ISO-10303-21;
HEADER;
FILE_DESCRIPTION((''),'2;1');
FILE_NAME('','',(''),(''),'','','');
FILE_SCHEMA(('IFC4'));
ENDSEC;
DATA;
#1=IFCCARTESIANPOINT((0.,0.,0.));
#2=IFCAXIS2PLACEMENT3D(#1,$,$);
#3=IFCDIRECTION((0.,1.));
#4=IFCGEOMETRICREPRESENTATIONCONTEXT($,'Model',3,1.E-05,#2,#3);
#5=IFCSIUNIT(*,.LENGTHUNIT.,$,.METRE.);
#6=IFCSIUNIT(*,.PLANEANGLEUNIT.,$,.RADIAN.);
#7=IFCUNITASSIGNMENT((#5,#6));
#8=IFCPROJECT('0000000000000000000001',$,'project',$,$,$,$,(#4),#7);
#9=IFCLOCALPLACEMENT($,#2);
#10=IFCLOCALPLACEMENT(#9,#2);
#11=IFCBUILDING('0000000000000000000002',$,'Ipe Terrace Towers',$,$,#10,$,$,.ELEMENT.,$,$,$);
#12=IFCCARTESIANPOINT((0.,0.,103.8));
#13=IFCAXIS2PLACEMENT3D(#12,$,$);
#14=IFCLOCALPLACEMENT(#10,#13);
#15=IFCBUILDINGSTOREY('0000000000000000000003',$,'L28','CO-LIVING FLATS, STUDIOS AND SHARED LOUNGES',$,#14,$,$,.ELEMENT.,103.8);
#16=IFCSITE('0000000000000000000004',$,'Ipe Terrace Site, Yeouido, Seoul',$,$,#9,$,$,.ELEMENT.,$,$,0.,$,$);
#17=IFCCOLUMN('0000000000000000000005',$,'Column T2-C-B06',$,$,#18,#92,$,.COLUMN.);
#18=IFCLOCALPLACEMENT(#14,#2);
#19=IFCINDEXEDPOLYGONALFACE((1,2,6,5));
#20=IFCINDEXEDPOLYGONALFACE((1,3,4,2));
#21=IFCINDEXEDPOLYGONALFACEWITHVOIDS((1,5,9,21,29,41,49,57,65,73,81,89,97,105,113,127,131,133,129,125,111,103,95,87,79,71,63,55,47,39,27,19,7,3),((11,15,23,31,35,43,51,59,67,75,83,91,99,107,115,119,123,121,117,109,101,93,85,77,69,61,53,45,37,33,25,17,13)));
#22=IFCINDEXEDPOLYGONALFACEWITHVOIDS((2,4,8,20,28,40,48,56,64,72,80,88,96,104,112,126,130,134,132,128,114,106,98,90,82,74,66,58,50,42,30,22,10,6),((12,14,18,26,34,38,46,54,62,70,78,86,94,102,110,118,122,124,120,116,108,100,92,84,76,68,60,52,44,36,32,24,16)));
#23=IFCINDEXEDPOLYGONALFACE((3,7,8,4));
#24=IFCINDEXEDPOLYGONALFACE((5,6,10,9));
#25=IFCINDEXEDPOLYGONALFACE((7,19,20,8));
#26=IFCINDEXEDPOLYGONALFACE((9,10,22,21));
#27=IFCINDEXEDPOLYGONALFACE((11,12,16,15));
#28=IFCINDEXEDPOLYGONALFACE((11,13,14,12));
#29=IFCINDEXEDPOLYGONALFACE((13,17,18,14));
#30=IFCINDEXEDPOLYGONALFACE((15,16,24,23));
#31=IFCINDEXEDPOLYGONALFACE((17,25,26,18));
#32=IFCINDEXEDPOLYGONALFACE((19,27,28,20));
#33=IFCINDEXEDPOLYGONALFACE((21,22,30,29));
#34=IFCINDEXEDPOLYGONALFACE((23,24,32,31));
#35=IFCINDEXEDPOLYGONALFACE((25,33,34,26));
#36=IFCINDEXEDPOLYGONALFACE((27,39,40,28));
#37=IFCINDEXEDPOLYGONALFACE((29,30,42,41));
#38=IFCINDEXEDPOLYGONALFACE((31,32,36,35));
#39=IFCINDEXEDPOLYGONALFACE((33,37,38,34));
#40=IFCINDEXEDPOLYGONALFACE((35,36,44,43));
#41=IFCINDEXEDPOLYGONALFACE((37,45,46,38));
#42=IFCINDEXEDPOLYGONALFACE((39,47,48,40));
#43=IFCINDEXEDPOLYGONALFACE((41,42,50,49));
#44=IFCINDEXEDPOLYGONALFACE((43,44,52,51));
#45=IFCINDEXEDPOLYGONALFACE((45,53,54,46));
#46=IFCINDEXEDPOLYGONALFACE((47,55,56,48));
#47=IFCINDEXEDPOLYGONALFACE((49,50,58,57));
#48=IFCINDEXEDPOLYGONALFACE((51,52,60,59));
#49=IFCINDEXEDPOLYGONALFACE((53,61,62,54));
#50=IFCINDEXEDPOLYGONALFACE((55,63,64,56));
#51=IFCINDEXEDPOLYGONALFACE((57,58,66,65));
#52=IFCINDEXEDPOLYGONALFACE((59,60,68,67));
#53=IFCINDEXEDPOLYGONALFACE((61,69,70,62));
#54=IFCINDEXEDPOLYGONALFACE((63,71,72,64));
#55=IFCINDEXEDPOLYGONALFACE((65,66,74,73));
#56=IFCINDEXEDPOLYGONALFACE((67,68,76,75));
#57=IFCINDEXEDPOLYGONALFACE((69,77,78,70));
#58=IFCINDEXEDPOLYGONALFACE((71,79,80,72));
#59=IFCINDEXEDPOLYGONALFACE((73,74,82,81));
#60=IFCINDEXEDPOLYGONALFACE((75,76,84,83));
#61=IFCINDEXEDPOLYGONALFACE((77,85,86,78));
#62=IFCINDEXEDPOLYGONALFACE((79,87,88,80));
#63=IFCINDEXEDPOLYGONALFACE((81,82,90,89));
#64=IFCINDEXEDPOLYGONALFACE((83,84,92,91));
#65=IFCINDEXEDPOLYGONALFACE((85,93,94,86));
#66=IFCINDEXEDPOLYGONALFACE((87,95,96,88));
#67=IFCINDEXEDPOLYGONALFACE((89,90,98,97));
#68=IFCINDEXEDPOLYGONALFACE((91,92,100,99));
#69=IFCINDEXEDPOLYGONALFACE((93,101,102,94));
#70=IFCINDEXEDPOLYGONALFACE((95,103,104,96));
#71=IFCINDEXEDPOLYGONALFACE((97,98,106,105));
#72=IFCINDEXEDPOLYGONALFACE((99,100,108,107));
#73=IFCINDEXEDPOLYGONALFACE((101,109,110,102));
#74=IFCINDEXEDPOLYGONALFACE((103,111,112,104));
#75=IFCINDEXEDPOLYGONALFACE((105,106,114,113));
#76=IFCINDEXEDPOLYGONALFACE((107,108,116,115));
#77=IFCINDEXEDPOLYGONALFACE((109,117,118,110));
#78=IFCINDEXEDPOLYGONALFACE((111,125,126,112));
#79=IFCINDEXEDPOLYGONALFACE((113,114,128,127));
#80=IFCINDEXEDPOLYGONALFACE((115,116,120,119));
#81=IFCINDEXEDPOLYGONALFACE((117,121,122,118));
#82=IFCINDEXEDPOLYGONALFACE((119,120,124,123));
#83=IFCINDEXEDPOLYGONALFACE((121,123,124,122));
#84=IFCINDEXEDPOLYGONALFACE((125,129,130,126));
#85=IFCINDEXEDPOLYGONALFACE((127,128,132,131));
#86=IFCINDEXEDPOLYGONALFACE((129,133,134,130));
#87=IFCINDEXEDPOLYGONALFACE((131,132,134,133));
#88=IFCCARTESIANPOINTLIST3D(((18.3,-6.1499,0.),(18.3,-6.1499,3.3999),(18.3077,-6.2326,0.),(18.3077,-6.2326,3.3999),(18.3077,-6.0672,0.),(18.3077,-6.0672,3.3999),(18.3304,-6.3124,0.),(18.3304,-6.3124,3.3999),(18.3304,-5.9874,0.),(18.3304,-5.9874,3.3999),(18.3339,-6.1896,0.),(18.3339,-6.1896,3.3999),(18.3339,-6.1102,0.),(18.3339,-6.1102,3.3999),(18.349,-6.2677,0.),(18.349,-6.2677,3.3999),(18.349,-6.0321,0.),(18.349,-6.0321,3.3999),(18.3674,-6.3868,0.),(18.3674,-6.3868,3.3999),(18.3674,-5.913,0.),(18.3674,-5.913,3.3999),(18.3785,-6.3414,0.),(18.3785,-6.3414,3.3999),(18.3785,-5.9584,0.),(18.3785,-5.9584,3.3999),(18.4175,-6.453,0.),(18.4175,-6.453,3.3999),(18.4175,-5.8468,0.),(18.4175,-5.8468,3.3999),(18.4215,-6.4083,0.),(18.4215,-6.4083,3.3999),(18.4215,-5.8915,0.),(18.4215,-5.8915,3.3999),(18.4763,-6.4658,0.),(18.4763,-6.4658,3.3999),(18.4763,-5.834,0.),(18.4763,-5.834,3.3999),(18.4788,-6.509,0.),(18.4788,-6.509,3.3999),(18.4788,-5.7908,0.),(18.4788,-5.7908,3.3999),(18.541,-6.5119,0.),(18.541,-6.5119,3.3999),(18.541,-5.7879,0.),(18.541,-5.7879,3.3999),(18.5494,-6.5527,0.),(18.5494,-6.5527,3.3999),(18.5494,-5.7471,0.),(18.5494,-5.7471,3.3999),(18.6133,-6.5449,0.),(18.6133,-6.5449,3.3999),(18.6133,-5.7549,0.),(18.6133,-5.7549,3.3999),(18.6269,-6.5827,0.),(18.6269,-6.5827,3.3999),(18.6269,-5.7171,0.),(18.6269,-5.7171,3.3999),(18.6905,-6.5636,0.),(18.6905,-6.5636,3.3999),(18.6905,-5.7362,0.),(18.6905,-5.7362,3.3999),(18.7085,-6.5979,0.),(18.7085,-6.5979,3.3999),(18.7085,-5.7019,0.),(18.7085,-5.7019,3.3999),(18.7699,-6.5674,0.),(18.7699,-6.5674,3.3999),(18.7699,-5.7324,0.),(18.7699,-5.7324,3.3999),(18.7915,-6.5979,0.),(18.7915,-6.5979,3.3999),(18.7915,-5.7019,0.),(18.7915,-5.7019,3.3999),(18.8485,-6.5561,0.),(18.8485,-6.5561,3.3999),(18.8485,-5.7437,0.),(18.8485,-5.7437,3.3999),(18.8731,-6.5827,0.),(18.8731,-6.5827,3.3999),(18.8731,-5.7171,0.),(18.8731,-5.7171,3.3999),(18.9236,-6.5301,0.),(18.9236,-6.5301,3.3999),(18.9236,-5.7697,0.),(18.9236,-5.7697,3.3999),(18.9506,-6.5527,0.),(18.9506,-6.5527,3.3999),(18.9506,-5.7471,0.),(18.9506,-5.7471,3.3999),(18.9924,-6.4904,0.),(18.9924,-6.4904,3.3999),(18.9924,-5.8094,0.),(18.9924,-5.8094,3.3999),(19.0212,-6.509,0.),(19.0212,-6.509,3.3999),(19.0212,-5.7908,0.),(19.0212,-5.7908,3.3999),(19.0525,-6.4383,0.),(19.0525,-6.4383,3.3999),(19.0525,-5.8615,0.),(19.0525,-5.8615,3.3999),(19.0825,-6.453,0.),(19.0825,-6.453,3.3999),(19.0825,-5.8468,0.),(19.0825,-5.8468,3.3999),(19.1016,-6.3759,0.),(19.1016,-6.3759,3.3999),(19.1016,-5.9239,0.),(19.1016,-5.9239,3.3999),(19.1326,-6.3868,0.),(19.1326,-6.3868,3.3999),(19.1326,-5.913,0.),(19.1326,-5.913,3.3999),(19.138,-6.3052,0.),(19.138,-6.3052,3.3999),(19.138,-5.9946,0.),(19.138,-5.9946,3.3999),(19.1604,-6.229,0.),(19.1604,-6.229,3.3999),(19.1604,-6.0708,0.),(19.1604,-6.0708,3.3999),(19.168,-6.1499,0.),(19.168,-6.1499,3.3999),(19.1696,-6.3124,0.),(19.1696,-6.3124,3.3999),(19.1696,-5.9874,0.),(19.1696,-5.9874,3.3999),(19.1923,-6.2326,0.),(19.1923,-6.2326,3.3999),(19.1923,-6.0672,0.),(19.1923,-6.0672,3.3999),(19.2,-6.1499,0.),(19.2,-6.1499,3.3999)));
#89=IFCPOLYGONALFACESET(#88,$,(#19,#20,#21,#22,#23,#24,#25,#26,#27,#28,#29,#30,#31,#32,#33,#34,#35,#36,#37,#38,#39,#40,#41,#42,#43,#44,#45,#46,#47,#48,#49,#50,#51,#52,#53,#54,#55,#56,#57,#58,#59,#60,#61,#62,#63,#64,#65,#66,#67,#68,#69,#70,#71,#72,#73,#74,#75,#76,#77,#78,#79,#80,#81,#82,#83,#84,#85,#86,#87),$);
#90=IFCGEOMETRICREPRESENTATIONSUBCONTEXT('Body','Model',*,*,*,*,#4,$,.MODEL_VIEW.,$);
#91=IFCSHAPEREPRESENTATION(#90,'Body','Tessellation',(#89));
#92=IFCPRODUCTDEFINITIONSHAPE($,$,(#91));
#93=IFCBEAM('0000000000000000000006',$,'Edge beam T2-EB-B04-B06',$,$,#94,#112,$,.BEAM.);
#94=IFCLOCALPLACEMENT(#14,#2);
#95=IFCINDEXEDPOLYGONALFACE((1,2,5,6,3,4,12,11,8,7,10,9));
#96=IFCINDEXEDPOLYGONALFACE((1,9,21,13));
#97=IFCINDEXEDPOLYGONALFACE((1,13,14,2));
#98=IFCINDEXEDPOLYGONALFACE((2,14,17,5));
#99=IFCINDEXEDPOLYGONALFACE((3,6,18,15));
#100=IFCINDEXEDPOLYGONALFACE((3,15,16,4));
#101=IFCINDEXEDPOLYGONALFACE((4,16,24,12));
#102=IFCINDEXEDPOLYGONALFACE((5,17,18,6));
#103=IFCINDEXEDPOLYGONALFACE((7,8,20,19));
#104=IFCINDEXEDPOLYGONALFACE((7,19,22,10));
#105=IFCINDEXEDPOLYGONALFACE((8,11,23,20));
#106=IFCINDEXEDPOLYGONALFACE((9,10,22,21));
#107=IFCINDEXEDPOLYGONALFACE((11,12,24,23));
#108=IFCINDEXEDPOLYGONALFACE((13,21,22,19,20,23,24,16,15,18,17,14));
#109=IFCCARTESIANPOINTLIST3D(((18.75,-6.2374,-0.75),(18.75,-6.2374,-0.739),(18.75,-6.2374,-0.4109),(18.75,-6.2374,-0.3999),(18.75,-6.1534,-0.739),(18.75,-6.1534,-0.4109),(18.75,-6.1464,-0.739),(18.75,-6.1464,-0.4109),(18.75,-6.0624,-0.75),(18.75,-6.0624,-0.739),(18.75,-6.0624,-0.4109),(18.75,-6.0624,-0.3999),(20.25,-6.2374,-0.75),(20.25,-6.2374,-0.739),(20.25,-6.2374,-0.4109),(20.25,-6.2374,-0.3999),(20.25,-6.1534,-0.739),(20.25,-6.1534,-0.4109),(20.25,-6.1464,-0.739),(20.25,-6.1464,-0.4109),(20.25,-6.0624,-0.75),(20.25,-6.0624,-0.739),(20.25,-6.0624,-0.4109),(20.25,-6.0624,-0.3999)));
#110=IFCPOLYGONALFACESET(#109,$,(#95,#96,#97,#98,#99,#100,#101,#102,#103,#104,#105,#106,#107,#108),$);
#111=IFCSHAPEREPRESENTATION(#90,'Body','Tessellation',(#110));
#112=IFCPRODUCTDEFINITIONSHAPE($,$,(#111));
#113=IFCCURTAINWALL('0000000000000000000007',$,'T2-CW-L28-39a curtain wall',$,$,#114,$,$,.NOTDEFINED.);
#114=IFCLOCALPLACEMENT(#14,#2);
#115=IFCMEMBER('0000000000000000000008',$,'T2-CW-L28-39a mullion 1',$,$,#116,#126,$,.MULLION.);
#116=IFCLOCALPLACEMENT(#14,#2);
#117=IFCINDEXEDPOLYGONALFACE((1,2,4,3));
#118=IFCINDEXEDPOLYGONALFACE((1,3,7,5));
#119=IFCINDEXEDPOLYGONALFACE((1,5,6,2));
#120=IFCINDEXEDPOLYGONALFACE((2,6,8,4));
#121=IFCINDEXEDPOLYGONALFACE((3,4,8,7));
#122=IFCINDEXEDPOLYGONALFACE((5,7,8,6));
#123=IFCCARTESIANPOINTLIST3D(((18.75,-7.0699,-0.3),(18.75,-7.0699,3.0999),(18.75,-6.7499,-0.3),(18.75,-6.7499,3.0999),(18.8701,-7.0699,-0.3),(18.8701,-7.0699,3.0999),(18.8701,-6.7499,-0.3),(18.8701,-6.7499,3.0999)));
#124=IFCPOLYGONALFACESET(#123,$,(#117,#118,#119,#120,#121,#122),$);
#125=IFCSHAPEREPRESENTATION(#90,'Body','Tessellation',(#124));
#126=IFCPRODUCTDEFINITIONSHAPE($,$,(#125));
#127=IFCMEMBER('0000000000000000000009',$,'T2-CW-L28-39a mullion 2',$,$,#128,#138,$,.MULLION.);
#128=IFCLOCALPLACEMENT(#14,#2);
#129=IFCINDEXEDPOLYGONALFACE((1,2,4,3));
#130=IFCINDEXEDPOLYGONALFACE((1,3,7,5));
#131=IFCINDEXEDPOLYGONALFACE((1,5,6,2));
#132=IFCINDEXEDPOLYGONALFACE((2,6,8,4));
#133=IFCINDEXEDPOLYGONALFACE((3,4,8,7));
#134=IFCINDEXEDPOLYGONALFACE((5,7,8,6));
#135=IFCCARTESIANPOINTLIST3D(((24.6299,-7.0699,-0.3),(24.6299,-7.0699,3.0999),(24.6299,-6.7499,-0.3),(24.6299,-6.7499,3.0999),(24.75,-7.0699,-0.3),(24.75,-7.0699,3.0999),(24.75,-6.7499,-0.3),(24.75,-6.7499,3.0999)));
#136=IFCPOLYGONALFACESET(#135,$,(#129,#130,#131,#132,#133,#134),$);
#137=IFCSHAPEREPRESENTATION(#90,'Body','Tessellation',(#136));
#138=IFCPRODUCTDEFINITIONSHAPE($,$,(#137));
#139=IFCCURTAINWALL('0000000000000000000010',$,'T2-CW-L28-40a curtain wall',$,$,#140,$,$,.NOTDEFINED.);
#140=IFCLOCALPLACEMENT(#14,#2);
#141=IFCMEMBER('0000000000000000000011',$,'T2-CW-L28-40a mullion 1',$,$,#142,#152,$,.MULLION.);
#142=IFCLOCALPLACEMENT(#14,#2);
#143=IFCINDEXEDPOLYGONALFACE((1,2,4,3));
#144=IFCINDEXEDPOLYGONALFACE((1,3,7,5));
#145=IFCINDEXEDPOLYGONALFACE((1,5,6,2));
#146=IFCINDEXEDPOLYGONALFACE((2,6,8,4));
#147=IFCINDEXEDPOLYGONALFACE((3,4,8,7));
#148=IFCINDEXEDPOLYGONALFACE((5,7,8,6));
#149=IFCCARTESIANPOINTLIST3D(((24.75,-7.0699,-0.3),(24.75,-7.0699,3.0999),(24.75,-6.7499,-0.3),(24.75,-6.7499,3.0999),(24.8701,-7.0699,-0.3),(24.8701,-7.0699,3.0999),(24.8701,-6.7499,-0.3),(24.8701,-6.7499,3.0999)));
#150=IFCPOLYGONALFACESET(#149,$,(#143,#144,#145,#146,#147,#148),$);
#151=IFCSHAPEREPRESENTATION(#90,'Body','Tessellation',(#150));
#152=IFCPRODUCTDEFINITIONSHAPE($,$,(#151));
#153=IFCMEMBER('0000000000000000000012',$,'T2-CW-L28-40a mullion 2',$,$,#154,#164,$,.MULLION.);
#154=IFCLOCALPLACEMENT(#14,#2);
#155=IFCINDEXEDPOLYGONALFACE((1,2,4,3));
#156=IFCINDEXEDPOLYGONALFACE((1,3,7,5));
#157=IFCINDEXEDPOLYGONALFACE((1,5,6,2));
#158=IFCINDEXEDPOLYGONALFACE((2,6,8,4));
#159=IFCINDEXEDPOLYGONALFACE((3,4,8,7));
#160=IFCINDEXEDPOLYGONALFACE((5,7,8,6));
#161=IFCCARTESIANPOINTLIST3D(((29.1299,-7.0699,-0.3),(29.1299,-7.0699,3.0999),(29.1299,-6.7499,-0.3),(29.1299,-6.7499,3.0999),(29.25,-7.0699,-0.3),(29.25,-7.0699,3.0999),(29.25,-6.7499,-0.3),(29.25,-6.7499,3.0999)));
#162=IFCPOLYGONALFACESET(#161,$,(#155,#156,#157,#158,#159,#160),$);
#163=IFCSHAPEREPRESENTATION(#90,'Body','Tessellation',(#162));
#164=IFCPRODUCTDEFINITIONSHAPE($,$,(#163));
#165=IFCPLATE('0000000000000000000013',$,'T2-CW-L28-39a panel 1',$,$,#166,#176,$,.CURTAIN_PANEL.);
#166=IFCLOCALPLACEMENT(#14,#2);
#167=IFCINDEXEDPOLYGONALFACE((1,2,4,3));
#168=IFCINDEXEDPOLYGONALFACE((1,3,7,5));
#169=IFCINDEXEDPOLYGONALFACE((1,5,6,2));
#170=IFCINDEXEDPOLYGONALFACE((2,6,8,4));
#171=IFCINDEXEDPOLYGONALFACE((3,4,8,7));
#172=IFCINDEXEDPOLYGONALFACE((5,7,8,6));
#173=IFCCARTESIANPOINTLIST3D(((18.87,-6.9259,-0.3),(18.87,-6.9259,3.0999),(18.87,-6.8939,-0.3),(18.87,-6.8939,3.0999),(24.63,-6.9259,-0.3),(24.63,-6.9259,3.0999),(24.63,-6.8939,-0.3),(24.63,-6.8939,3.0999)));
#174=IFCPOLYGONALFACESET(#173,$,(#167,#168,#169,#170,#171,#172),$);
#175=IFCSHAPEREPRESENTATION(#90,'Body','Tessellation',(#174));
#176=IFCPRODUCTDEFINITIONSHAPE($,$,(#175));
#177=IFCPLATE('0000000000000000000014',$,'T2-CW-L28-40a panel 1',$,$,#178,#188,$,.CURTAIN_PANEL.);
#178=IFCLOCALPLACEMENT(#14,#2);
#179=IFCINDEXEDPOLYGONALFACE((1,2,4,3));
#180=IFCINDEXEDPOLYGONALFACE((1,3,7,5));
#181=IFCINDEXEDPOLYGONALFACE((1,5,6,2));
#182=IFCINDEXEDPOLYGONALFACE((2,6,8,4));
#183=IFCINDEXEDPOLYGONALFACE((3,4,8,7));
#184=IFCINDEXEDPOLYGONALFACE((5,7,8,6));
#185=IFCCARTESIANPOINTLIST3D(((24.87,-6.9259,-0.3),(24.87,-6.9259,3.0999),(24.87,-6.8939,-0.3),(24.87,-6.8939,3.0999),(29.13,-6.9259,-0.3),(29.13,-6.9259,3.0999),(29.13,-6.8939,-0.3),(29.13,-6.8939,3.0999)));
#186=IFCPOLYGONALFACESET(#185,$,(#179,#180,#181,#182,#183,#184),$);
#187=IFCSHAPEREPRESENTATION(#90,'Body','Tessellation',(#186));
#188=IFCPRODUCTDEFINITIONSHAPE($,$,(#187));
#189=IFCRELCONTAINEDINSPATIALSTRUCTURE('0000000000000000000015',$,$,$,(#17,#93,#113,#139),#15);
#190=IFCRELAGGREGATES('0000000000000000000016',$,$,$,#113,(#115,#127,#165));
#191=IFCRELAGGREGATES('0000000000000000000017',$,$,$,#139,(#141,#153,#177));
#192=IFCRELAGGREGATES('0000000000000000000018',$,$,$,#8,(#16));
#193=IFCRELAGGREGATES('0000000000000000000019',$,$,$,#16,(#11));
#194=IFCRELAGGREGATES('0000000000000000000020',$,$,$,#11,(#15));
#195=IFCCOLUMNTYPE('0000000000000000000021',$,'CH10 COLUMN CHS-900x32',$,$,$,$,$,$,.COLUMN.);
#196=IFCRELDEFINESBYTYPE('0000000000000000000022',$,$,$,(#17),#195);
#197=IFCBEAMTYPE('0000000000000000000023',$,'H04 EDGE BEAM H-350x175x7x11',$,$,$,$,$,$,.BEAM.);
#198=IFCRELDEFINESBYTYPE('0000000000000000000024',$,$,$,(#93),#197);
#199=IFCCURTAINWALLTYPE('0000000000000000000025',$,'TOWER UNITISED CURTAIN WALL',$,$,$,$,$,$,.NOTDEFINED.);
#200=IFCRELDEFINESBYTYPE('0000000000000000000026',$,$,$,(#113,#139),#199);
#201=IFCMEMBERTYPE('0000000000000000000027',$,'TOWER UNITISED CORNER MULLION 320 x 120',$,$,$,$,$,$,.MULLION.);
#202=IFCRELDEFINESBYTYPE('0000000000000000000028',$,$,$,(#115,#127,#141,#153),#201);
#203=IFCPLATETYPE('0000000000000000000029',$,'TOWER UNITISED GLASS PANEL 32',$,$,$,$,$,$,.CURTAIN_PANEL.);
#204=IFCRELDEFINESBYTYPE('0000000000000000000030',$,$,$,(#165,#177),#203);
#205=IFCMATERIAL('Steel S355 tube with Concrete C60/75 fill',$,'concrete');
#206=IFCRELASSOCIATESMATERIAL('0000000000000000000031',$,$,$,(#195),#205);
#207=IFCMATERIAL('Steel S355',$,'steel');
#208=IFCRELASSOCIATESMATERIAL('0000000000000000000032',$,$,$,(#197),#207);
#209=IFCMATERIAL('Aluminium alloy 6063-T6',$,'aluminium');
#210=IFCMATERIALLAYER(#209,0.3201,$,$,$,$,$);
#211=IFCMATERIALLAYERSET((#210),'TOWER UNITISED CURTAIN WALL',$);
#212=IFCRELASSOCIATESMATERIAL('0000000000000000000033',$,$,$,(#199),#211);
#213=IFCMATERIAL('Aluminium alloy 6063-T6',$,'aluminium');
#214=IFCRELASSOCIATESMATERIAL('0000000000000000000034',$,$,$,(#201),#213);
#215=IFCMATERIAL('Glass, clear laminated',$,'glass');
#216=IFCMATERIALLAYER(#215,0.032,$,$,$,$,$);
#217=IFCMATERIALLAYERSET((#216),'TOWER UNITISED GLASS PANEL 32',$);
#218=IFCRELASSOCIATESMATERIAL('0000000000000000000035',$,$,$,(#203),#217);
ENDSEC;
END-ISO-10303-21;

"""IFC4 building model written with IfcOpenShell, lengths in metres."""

from ifc_helpers import new_model, si_unit, direction, frame, origin, origin_2d, place, context, subcontext, project, spatial, rectangle, hollow_circle, i_section, extrude, material, layer, layer_set, material_profile, profile_set, type_object, element, aggregate, save


model = new_model("IFC4")

# Units and contexts
model_context = context("Model", 3, precision=1e-05, world=origin(), true_north=direction((0.0, 1.0)))
body_context = subcontext(model_context, "Body", "Model", "MODEL_VIEW")
ifc_project = project(units=[si_unit("LENGTHUNIT", "METRE"), si_unit("PLANEANGLEUNIT", "RADIAN")], contexts=[model_context])

# Site, building, storey
site_placement = place(None, origin())
site = spatial("IfcSite", under=ifc_project, at=site_placement, Name="Ipe Terrace Site, Yeouido, Seoul", CompositionType="ELEMENT", RefElevation=0.0)
building_placement = place(site_placement, origin())
building = spatial("IfcBuilding", under=site, at=building_placement, Name="Ipe Terrace Towers", CompositionType="ELEMENT")
storey_placement = place(building_placement, frame((0.0, 0.0, 103.8)))
storey = spatial("IfcBuildingStorey", under=building, at=storey_placement, Name="L28", Description="CO-LIVING FLATS, STUDIOS AND SHARED LOUNGES", CompositionType="ELEMENT", Elevation=103.8)

# Column
ifc_material_1 = material(Name="Steel S355 tube with Concrete C60/75 fill", Category="concrete")
ifc_material_profile_1 = material_profile(ifc_material_1, hollow_circle(Radius=0.45, WallThickness=0.032, at=origin_2d()), Name="CHS-900x32")
ifc_profile_set_1 = profile_set([ifc_material_profile_1], Name="Steel S355 tube with Concrete C60/75 fill")
column_type_1 = type_object("IfcColumnType", Name="CH10 COLUMN CHS-900x32", PredefinedType="COLUMN", material=ifc_profile_set_1)
for number, where, z_axis, x_axis, name in (
    (1, (18.75, -6.1499, 0.0), (0.0, 0.0, 1.0), (1.0, 0.0, 0.0), "Column T2-C-B06"),
):
    element("IfcColumn", number, at=place(storey_placement, frame(where, z_axis=z_axis, x_axis=x_axis)), inside=storey, type_object=column_type_1, Name=name, PredefinedType="COLUMN", context=body_context, shape_type="SweptSolid", body=[
        extrude(hollow_circle(Radius=0.45, WallThickness=0.032, at=origin_2d()), origin(), (0.0, 0.0, 1.0), 3.3999),
    ])

# Beam
ifc_material_2 = material(Name="Steel S355", Category="steel")
ifc_material_profile_2 = material_profile(ifc_material_2, i_section(OverallWidth=0.175, OverallDepth=0.3501, WebThickness=0.0071, FlangeThickness=0.011, at=origin_2d()), Name="H-350x175x7x11")
ifc_profile_set_2 = profile_set([ifc_material_profile_2], Name="Steel S355")
beam_type = type_object("IfcBeamType", Name="H04 EDGE BEAM H-350x175x7x11", PredefinedType="BEAM", material=ifc_profile_set_2)
beam_placement = place(storey_placement, frame((20.25, -6.1499, -0.575), z_axis=(-1.0, 0.0, 0.0), x_axis=(0.0, -1.0, 0.0)))
element("IfcBeam", 2, at=beam_placement, inside=storey, type_object=beam_type, Name="Edge beam T2-EB-B04-B06", PredefinedType="BEAM", context=body_context, shape_type="SweptSolid", body=[
    extrude(i_section(OverallWidth=0.175, OverallDepth=0.3501, WebThickness=0.0071, FlangeThickness=0.011, at=origin_2d()), origin(), (0.0, 0.0, 1.0), 1.5),
])

# Curtain walls, members
ifc_material_3 = material(Name="Aluminium alloy 6063-T6", Category="aluminium")
ifc_layer_1 = layer(ifc_material_3, 0.3201)
ifc_layer_set_1 = layer_set([ifc_layer_1], Name="TOWER UNITISED CURTAIN WALL")
curtain_wall_type = type_object("IfcCurtainWallType", Name="TOWER UNITISED CURTAIN WALL", PredefinedType="NOTDEFINED", material=ifc_layer_set_1)
curtain_wall_1_placement = place(storey_placement, origin())
curtain_wall_1 = element("IfcCurtainWall", 3, at=curtain_wall_1_placement, inside=storey, type_object=curtain_wall_type, Name="T2-CW-L28-39a curtain wall", PredefinedType="NOTDEFINED")
ifc_material_4 = material(Name="Aluminium alloy 6063-T6", Category="aluminium")
ifc_material_profile_3 = material_profile(ifc_material_4, rectangle(XDim=0.3201, YDim=0.1201, at=origin_2d()), Name="TOWER UNITISED CORNER MULLION 320 x 120")
ifc_profile_set_3 = profile_set([ifc_material_profile_3], Name="Aluminium alloy 6063-T6")
member_type = type_object("IfcMemberType", Name="TOWER UNITISED CORNER MULLION 320 x 120", PredefinedType="MULLION", material=ifc_profile_set_3)
member_1_placement = place(storey_placement, frame((18.8101, -6.9099, -0.3), z_axis=(0.0, 0.0, 1.0), x_axis=(0.0, -1.0, 0.0)))
member_1 = element("IfcMember", 4, at=member_1_placement, type_object=member_type, Name="T2-CW-L28-39a mullion 1", PredefinedType="MULLION", context=body_context, shape_type="SweptSolid", body=[
    extrude(rectangle(XDim=0.3201, YDim=0.1201, at=origin_2d()), origin(), (0.0, 0.0, 1.0), 3.3999),
])
member_2_placement = place(storey_placement, frame((24.6899, -6.9099, -0.3), z_axis=(0.0, 0.0, 1.0), x_axis=(0.0, -1.0, 0.0)))
member_2 = element("IfcMember", 5, at=member_2_placement, type_object=member_type, Name="T2-CW-L28-39a mullion 2", PredefinedType="MULLION", context=body_context, shape_type="SweptSolid", body=[
    extrude(rectangle(XDim=0.3201, YDim=0.1201, at=origin_2d()), origin(), (0.0, 0.0, 1.0), 3.3999),
])
curtain_wall_2_placement = place(storey_placement, origin())
curtain_wall_2 = element("IfcCurtainWall", 6, at=curtain_wall_2_placement, inside=storey, type_object=curtain_wall_type, Name="T2-CW-L28-40a curtain wall", PredefinedType="NOTDEFINED")
member_3_placement = place(storey_placement, frame((24.8101, -6.9099, -0.3), z_axis=(0.0, 0.0, 1.0), x_axis=(0.0, -1.0, 0.0)))
member_3 = element("IfcMember", 7, at=member_3_placement, type_object=member_type, Name="T2-CW-L28-40a mullion 1", PredefinedType="MULLION", context=body_context, shape_type="SweptSolid", body=[
    extrude(rectangle(XDim=0.3201, YDim=0.1201, at=origin_2d()), origin(), (0.0, 0.0, 1.0), 3.3999),
])
member_4_placement = place(storey_placement, frame((29.1899, -6.9099, -0.3), z_axis=(0.0, 0.0, 1.0), x_axis=(0.0, -1.0, 0.0)))
member_4 = element("IfcMember", 8, at=member_4_placement, type_object=member_type, Name="T2-CW-L28-40a mullion 2", PredefinedType="MULLION", context=body_context, shape_type="SweptSolid", body=[
    extrude(rectangle(XDim=0.3201, YDim=0.1201, at=origin_2d()), origin(), (0.0, 0.0, 1.0), 3.3999),
])

# Plates
ifc_material_5 = material(Name="Glass, clear laminated", Category="glass")
ifc_layer_2 = layer(ifc_material_5, 0.032)
ifc_layer_set_2 = layer_set([ifc_layer_2], Name="TOWER UNITISED GLASS PANEL 32")
plate_type = type_object("IfcPlateType", Name="TOWER UNITISED GLASS PANEL 32", PredefinedType="CURTAIN_PANEL", material=ifc_layer_set_2)
plate_1_placement = place(storey_placement, frame((21.75, -6.9099, -0.3), z_axis=(0.0, 0.0, 1.0), x_axis=(1.0, 0.0, 0.0)))
plate_1 = element("IfcPlate", 9, at=plate_1_placement, type_object=plate_type, Name="T2-CW-L28-39a panel 1", PredefinedType="CURTAIN_PANEL", context=body_context, shape_type="SweptSolid", body=[
    extrude(rectangle(XDim=5.76, YDim=0.032, at=origin_2d()), origin(), (0.0, 0.0, 1.0), 3.3999),
])
aggregate(curtain_wall_1, [member_1, member_2, plate_1])
plate_2_placement = place(storey_placement, frame((27.0, -6.9099, -0.3), z_axis=(0.0, 0.0, 1.0), x_axis=(1.0, 0.0, 0.0)))
plate_2 = element("IfcPlate", 10, at=plate_2_placement, type_object=plate_type, Name="T2-CW-L28-40a panel 1", PredefinedType="CURTAIN_PANEL", context=body_context, shape_type="SweptSolid", body=[
    extrude(rectangle(XDim=4.26, YDim=0.032, at=origin_2d()), origin(), (0.0, 0.0, 1.0), 3.3999),
])
aggregate(curtain_wall_2, [member_3, member_4, plate_2])

save(model, "model.ifc")
